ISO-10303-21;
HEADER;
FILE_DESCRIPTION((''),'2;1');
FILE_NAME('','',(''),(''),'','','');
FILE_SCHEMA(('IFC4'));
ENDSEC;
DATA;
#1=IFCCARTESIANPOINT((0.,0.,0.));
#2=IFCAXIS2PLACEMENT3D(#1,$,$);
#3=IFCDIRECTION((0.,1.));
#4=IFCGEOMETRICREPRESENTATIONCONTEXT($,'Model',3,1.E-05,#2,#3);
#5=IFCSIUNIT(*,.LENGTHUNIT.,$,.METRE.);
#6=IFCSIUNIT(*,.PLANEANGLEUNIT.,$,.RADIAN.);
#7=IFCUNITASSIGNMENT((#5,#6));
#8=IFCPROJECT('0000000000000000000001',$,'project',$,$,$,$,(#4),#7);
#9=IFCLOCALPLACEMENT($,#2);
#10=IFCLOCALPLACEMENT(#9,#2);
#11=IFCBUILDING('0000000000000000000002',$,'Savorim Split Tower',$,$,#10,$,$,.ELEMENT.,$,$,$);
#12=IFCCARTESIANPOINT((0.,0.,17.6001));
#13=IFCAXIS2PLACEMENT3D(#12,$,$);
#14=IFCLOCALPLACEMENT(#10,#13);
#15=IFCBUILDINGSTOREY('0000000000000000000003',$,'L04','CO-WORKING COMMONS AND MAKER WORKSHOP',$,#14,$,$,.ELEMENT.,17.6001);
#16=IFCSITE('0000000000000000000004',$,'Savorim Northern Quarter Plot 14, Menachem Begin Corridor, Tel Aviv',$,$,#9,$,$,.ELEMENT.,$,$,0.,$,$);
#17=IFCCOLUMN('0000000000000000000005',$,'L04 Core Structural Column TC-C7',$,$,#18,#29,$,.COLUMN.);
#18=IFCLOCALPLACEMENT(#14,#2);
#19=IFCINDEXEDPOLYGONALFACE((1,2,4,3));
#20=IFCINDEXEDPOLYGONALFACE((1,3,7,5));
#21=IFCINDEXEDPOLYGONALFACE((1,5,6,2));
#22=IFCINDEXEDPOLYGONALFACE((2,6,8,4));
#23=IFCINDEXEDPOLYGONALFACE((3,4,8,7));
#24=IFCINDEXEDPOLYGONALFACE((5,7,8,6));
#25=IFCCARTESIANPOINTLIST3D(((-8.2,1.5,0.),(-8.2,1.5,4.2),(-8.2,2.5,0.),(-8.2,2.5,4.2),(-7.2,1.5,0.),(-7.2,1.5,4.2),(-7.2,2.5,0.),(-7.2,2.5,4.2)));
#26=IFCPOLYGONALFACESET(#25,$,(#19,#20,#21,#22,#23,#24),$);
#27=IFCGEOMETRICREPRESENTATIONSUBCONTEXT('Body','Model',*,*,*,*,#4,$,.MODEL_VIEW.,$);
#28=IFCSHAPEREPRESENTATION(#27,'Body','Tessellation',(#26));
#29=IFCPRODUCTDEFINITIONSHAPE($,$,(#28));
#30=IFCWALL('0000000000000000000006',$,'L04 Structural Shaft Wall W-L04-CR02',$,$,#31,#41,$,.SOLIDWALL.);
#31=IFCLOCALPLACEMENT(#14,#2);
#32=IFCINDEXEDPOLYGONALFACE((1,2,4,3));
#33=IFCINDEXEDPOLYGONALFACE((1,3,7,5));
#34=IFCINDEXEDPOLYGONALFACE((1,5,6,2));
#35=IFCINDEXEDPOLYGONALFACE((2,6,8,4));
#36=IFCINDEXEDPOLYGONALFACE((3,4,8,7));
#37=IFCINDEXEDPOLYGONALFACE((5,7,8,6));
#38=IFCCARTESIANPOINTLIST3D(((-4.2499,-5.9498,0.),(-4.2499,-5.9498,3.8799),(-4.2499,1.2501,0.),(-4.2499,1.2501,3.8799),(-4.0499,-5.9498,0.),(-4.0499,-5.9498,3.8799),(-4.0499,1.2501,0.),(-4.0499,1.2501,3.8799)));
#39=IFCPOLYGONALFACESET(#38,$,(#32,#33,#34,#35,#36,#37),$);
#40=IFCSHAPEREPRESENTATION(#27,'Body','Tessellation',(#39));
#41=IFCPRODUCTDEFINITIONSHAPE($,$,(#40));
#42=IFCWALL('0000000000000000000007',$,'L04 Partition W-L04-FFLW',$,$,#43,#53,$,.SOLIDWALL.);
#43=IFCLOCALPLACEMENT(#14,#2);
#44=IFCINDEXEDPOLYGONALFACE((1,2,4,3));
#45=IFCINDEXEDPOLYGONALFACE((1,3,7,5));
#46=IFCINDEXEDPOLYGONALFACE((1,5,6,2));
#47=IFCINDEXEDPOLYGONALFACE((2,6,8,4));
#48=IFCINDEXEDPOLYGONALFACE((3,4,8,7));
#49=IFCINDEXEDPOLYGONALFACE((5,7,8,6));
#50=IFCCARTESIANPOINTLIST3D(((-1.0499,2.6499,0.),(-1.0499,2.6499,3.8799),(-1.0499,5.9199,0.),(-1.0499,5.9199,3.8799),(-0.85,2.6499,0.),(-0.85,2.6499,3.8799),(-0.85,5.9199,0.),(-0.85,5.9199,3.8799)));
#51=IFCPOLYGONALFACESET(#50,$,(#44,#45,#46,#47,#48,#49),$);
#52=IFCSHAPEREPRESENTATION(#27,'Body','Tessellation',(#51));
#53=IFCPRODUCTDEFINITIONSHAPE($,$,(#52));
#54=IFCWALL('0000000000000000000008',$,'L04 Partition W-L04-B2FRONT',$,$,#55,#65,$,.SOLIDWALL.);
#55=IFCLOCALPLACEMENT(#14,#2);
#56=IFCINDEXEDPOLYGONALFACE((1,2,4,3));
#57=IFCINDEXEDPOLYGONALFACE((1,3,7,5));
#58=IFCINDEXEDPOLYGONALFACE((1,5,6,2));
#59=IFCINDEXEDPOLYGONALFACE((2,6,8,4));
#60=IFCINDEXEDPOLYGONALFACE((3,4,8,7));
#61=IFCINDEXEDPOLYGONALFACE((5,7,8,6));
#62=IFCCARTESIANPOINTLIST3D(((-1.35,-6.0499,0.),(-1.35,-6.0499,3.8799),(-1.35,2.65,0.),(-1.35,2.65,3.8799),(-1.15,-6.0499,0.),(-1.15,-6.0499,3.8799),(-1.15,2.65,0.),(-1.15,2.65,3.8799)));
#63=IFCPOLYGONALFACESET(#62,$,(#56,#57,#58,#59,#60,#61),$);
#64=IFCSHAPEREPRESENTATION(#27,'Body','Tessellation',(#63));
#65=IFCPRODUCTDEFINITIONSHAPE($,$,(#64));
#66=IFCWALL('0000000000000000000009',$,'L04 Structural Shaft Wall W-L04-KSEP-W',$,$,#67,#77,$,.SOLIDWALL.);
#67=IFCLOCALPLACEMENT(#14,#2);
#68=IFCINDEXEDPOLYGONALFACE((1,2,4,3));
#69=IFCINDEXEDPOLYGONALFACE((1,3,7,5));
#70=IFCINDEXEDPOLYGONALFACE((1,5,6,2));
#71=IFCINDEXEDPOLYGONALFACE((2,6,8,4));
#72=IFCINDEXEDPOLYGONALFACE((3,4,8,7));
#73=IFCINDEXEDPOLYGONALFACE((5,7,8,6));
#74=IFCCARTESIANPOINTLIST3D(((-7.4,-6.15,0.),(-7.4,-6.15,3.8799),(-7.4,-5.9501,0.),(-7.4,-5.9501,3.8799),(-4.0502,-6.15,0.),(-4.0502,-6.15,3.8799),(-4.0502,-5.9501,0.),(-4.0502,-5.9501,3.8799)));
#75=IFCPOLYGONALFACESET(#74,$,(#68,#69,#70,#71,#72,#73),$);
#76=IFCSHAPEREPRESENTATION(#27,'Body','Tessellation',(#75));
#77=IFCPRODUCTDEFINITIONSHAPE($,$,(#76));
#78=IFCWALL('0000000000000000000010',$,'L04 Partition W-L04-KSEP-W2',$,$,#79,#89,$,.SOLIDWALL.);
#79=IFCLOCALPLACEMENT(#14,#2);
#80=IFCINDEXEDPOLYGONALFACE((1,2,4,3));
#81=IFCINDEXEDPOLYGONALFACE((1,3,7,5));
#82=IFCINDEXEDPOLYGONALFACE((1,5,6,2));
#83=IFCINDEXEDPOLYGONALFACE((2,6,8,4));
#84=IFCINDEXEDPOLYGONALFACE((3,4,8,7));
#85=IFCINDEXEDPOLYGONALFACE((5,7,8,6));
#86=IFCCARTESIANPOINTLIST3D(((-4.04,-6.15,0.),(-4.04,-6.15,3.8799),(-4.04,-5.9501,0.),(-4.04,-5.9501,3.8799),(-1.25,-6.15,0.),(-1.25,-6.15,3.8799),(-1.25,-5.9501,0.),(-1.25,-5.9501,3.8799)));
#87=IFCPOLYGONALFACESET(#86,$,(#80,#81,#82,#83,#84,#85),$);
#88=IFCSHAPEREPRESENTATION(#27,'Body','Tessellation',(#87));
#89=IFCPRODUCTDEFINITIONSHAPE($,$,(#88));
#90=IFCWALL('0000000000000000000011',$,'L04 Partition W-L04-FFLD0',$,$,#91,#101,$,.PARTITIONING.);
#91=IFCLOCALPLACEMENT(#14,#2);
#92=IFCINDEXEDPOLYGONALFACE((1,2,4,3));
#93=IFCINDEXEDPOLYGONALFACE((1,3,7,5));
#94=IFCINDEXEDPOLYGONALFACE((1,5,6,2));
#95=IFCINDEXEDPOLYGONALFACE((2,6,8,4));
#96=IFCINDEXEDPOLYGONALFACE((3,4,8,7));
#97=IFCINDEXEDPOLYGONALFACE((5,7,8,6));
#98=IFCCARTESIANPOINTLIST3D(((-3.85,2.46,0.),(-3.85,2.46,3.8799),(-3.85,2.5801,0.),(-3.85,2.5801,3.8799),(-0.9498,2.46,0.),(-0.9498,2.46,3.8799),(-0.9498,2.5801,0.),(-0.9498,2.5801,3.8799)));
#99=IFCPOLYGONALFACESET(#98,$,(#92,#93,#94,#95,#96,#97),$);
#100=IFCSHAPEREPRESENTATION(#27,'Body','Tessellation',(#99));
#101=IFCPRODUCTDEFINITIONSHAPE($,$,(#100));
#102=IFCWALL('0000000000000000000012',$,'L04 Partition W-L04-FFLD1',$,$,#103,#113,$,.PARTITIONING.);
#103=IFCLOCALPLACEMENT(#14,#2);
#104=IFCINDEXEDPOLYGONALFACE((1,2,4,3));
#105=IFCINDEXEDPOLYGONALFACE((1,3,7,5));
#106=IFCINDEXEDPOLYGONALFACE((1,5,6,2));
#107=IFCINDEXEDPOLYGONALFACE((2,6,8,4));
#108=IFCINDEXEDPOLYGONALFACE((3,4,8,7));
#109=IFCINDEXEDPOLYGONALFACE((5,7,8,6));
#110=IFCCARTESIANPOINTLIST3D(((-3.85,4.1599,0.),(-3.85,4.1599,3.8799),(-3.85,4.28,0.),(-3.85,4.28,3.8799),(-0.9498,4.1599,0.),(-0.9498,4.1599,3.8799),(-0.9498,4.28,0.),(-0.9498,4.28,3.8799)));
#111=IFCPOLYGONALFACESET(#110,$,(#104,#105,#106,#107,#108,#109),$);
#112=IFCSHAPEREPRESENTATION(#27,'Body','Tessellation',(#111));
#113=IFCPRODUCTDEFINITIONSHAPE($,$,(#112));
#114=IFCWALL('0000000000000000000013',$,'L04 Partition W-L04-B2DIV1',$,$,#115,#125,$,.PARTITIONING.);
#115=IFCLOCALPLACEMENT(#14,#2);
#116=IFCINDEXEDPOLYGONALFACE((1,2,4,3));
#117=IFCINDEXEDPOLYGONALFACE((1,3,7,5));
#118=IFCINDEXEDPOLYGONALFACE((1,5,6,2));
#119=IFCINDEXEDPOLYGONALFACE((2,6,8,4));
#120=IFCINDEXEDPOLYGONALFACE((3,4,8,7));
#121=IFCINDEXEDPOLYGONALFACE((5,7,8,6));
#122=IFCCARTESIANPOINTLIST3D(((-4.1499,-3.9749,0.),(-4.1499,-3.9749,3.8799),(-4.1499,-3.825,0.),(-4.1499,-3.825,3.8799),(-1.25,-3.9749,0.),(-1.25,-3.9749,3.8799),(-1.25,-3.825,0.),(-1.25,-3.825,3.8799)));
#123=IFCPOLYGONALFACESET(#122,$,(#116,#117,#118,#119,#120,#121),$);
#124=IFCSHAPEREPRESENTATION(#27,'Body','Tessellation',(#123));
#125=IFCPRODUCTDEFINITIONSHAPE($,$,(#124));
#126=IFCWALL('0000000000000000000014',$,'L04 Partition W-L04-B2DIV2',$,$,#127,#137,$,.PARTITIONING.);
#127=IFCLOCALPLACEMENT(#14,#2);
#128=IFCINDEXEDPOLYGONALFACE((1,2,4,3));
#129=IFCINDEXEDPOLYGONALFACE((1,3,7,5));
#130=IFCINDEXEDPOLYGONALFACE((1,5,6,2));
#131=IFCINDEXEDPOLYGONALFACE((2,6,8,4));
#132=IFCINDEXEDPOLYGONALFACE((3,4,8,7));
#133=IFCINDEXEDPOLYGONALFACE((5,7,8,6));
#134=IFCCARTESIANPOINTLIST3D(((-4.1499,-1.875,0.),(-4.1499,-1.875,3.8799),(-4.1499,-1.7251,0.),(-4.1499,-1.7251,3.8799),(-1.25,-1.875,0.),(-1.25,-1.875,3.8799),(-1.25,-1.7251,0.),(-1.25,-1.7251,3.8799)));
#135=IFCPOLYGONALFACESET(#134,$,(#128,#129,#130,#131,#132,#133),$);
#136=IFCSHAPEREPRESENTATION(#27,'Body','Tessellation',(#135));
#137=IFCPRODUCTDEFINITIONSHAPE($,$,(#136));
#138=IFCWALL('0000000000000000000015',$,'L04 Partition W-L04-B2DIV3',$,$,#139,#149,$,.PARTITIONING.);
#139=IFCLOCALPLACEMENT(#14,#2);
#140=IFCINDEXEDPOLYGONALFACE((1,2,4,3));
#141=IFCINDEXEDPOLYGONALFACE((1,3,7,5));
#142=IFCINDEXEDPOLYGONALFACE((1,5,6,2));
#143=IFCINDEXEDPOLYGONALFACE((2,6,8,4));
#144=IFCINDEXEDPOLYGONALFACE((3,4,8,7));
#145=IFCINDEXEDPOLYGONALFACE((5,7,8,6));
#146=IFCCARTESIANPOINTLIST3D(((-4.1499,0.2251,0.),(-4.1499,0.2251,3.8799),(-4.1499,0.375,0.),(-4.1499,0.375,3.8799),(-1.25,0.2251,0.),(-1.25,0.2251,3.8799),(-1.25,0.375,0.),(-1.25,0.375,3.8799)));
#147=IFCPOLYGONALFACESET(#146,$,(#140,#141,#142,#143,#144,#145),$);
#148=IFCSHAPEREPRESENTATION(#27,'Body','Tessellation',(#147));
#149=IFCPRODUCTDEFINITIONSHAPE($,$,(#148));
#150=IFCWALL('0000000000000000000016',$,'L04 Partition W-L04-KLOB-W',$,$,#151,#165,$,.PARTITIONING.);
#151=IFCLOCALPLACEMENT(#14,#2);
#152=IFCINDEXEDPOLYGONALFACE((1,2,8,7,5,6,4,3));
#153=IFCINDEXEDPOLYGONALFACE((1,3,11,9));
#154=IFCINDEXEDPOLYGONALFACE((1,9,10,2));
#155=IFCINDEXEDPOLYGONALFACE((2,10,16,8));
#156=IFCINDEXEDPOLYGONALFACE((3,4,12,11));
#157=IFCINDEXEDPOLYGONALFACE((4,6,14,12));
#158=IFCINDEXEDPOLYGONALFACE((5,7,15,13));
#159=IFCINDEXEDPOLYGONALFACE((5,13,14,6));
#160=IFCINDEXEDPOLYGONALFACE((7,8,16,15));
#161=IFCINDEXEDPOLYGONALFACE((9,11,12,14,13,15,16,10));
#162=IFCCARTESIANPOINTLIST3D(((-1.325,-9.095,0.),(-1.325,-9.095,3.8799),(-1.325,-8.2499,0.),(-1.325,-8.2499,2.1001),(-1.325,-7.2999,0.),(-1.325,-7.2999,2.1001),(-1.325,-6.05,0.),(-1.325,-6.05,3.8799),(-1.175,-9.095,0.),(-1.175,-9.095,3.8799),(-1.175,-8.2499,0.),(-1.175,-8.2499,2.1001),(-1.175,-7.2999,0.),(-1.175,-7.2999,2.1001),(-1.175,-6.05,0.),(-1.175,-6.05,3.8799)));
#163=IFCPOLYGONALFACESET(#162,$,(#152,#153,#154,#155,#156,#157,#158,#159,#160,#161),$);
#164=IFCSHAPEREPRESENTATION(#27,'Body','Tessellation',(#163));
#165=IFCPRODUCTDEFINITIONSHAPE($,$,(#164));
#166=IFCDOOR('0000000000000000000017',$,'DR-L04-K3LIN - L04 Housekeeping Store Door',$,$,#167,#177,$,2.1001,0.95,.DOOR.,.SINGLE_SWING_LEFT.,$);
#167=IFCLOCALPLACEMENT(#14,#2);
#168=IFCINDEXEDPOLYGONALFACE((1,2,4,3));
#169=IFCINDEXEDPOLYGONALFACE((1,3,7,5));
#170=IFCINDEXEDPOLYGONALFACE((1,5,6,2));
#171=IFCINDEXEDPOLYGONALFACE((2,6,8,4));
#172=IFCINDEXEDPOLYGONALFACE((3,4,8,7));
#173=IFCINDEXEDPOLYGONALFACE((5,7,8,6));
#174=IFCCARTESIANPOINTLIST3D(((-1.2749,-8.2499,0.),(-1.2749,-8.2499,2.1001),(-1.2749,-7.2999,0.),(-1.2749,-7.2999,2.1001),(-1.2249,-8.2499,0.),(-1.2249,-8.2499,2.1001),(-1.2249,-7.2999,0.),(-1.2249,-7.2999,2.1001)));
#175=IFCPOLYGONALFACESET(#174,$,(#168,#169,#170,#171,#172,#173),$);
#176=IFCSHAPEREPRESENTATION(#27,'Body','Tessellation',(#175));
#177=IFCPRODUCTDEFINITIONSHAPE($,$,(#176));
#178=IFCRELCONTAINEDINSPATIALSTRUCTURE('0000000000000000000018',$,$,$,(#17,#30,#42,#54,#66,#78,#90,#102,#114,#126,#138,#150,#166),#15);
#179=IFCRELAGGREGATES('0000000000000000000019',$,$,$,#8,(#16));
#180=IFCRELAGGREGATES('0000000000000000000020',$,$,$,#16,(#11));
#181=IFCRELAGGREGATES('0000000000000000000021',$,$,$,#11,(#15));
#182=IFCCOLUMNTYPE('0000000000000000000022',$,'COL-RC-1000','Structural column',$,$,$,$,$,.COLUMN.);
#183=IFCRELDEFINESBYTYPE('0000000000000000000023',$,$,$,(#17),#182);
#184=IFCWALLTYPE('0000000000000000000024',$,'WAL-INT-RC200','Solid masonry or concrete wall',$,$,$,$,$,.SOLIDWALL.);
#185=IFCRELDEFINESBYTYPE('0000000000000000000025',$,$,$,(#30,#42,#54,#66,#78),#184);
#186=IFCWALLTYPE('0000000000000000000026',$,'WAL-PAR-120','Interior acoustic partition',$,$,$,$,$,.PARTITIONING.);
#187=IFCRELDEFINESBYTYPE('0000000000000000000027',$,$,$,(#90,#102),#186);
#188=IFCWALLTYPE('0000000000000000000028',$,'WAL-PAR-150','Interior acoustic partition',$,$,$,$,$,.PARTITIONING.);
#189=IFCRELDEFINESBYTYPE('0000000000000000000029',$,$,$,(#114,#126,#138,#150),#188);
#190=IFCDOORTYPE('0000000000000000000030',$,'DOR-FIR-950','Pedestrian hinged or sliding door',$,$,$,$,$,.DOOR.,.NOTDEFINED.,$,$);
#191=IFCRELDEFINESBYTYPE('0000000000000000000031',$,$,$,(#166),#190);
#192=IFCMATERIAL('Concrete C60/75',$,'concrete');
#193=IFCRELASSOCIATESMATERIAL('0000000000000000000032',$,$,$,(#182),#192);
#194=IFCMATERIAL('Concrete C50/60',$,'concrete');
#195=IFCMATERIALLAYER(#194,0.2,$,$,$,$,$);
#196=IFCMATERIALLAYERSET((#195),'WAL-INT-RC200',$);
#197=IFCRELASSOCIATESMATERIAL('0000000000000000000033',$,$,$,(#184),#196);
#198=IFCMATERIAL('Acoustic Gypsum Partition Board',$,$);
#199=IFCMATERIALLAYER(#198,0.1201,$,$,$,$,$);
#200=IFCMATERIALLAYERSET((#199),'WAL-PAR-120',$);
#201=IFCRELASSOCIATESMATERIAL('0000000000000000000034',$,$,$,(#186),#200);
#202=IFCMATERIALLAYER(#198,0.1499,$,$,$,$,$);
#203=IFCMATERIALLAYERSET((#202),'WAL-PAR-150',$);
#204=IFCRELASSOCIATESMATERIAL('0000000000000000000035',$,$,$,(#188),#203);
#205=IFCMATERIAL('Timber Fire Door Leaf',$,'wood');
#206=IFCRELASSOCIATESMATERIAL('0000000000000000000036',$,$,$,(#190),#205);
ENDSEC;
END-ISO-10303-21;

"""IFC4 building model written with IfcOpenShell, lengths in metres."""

from ifc_helpers import new_model, si_unit, direction, frame, frame_2d, origin, origin_2d, place, context, subcontext, project, spatial, rectangle, extrude, material, layer, layer_set, material_profile, profile_set, type_object, element, fill, save


model = new_model("IFC4")

# Units and contexts
model_context = context("Model", 3, precision=1e-05, world=origin(), true_north=direction((0.0, 1.0)))
body_context = subcontext(model_context, "Body", "Model", "MODEL_VIEW")
ifc_project = project(units=[si_unit("LENGTHUNIT", "METRE"), si_unit("PLANEANGLEUNIT", "RADIAN")], contexts=[model_context])

# Site, building, storey
site_placement = place(None, origin())
site = spatial("IfcSite", under=ifc_project, at=site_placement, Name="Savorim Northern Quarter Plot 14, Menachem Begin Corridor, Tel Aviv", CompositionType="ELEMENT", RefElevation=0.0)
building_placement = place(site_placement, origin())
building = spatial("IfcBuilding", under=site, at=building_placement, Name="Savorim Split Tower", CompositionType="ELEMENT")
storey_placement = place(building_placement, frame((0.0, 0.0, 17.6001)))
storey = spatial("IfcBuildingStorey", under=building, at=storey_placement, Name="L04", Description="CO-WORKING COMMONS AND MAKER WORKSHOP", CompositionType="ELEMENT", Elevation=17.6001)

# Column
ifc_material_1 = material(Name="Concrete C60/75", Category="concrete")
ifc_material_profile = material_profile(ifc_material_1, rectangle(XDim=1.0, YDim=1.0, at=origin_2d()), Name="RC 1000x1000")
ifc_profile_set = profile_set([ifc_material_profile], Name="Concrete C60/75")
column_type = type_object("IfcColumnType", Name="COL-RC-1000", Description="Structural column", PredefinedType="COLUMN", material=ifc_profile_set)
column_placement = place(storey_placement, frame((-7.7, 2.0, 0.0), z_axis=(0.0, 0.0, 1.0), x_axis=(1.0, 0.0, 0.0)))
element("IfcColumn", 1, at=column_placement, inside=storey, type_object=column_type, Name="L04 Core Structural Column TC-C7", PredefinedType="COLUMN", context=body_context, shape_type="SweptSolid", body=[
    extrude(rectangle(XDim=1.0, YDim=1.0, at=origin_2d()), origin(), (0.0, 0.0, 1.0), 4.2),
])

# Shared definitions
ifc_material_2 = material(Name="Concrete C50/60", Category="concrete")
ifc_layer_1 = layer(ifc_material_2, 0.2)
ifc_layer_set_1 = layer_set([ifc_layer_1], Name="WAL-INT-RC200")
wall_type_1 = type_object("IfcWallType", Name="WAL-INT-RC200", Description="Solid masonry or concrete wall", PredefinedType="SOLIDWALL", material=ifc_layer_set_1)
ifc_material_3 = material(Name="Timber Fire Door Leaf", Category="wood")

# Wall
wall_1_placement = place(storey_placement, frame((-4.1499, -5.95, 0.0), z_axis=(0.0, 0.0, 1.0), x_axis=(0.0, 1.0, 0.0)))
element("IfcWall", 2, at=wall_1_placement, inside=storey, type_object=wall_type_1, Name="L04 Structural Shaft Wall W-L04-CR02", PredefinedType="SOLIDWALL", context=body_context, shape_type="SweptSolid", body=[
    extrude(rectangle(XDim=7.2, YDim=0.2, at=frame_2d((3.6001, 0.0))), origin(), (0.0, 0.0, 1.0), 3.8799),
])

# Walls
wall_2_placement = place(storey_placement, frame((-0.95, 2.6499, 0.0), z_axis=(0.0, 0.0, 1.0), x_axis=(0.0, 1.0, 0.0)))
element("IfcWall", 3, at=wall_2_placement, inside=storey, type_object=wall_type_1, Name="L04 Partition W-L04-FFLW", PredefinedType="SOLIDWALL", context=body_context, shape_type="SweptSolid", body=[
    extrude(rectangle(XDim=3.27, YDim=0.2, at=frame_2d((1.635, 0.0))), origin(), (0.0, 0.0, 1.0), 3.8799),
])
wall_3_placement = place(storey_placement, frame((-1.25, -6.05, 0.0), z_axis=(0.0, 0.0, 1.0), x_axis=(0.0, 1.0, 0.0)))
element("IfcWall", 4, at=wall_3_placement, inside=storey, type_object=wall_type_1, Name="L04 Partition W-L04-B2FRONT", PredefinedType="SOLIDWALL", context=body_context, shape_type="SweptSolid", body=[
    extrude(rectangle(XDim=8.7, YDim=0.2, at=frame_2d((4.3501, 0.0))), origin(), (0.0, 0.0, 1.0), 3.8799),
])
wall_4_placement = place(storey_placement, frame((-7.3999, -6.05, 0.0), z_axis=(0.0, 0.0, 1.0), x_axis=(1.0, 0.0, 0.0)))
element("IfcWall", 5, at=wall_4_placement, inside=storey, type_object=wall_type_1, Name="L04 Structural Shaft Wall W-L04-KSEP-W", PredefinedType="SOLIDWALL", context=body_context, shape_type="SweptSolid", body=[
    extrude(rectangle(XDim=3.3499, YDim=0.2, at=frame_2d((1.6748, 0.0))), origin(), (0.0, 0.0, 1.0), 3.8799),
])
wall_5_placement = place(storey_placement, frame((-4.04, -6.05, 0.0), z_axis=(0.0, 0.0, 1.0), x_axis=(1.0, 0.0, 0.0)))
element("IfcWall", 6, at=wall_5_placement, inside=storey, type_object=wall_type_1, Name="L04 Partition W-L04-KSEP-W2", PredefinedType="SOLIDWALL", context=body_context, shape_type="SweptSolid", body=[
    extrude(rectangle(XDim=2.79, YDim=0.2, at=frame_2d((1.395, 0.0))), origin(), (0.0, 0.0, 1.0), 3.8799),
])
ifc_material_4 = material(Name="Acoustic Gypsum Partition Board")
ifc_layer_2 = layer(ifc_material_4, 0.1201)
ifc_layer_set_2 = layer_set([ifc_layer_2], Name="WAL-PAR-120")
wall_type_2 = type_object("IfcWallType", Name="WAL-PAR-120", Description="Interior acoustic partition", PredefinedType="PARTITIONING", material=ifc_layer_set_2)
for number, where, z_axis, x_axis, name in (
    (7, (-3.8501, 2.52, 0.0), (0.0, 0.0, 1.0), (1.0, 0.0, 0.0), "L04 Partition W-L04-FFLD0"),
    (8, (-3.8501, 4.22, 0.0), (0.0, 0.0, 1.0), (1.0, 0.0, 0.0), "L04 Partition W-L04-FFLD1"),
):
    element("IfcWall", number, at=place(storey_placement, frame(where, z_axis=z_axis, x_axis=x_axis)), inside=storey, type_object=wall_type_2, Name=name, PredefinedType="PARTITIONING", context=body_context, shape_type="SweptSolid", body=[
        extrude(rectangle(XDim=2.9001, YDim=0.1201, at=frame_2d((1.4502, 0.0))), origin(), (0.0, 0.0, 1.0), 3.8799),
    ])
ifc_layer_3 = layer(ifc_material_4, 0.1499)
ifc_layer_set_3 = layer_set([ifc_layer_3], Name="WAL-PAR-150")
wall_type_3 = type_object("IfcWallType", Name="WAL-PAR-150", Description="Interior acoustic partition", PredefinedType="PARTITIONING", material=ifc_layer_set_3)
for number, where, z_axis, x_axis, name in (
    (9, (-4.1499, -3.8999, 0.0), (0.0, 0.0, 1.0), (1.0, 0.0, 0.0), "L04 Partition W-L04-B2DIV1"),
    (10, (-4.1499, -1.8, 0.0), (0.0, 0.0, 1.0), (1.0, 0.0, 0.0), "L04 Partition W-L04-B2DIV2"),
    (11, (-4.1499, 0.3, 0.0), (0.0, 0.0, 1.0), (1.0, 0.0, 0.0), "L04 Partition W-L04-B2DIV3"),
):
    element("IfcWall", number, at=place(storey_placement, frame(where, z_axis=z_axis, x_axis=x_axis)), inside=storey, type_object=wall_type_3, Name=name, PredefinedType="PARTITIONING", context=body_context, shape_type="SweptSolid", body=[
        extrude(rectangle(XDim=2.8999, YDim=0.1499, at=frame_2d((1.45, 0.0))), origin(), (0.0, 0.0, 1.0), 3.8799),
    ])

# Wall, opening, door
wall_6_placement = place(storey_placement, frame((-1.25, -9.095, 0.0), z_axis=(0.0, 0.0, 1.0), x_axis=(0.0, 1.0, 0.0)))
wall_6 = element("IfcWall", 12, at=wall_6_placement, inside=storey, type_object=wall_type_3, Name="L04 Partition W-L04-KLOB-W", PredefinedType="PARTITIONING", context=body_context, shape_type="SweptSolid", body=[
    extrude(rectangle(XDim=3.0449, YDim=0.1499, at=frame_2d((1.5225, 0.0))), origin(), (0.0, 0.0, 1.0), 3.8799),
])
opening_1_placement = place(wall_6_placement, frame((0.845, 0.0, 0.0)))
opening_1 = element("IfcOpeningElement", 13, at=opening_1_placement, cuts=wall_6, PredefinedType="OPENING", context=body_context, shape_type="SweptSolid", body=[
    extrude(rectangle(XDim=0.95, YDim=2.1001, at=frame_2d((0.4751, 1.05))), frame((0.0, 0.085, 0.0), z_axis=(0.0, -1.0, 0.0), x_axis=(1.0, 0.0, 0.0)), (0.0, 0.0, 1.0), 0.1699),
])
door_type_1 = type_object("IfcDoorType", Name="DOR-FIR-950", Description="Pedestrian hinged or sliding door", OperationType="NOTDEFINED", PredefinedType="DOOR", material=ifc_material_3)
door_1_placement = place(opening_1_placement, origin())
door_1 = element("IfcDoor", 14, at=door_1_placement, inside=storey, type_object=door_type_1, Name="DR-L04-K3LIN - L04 Housekeeping Store Door", OperationType="SINGLE_SWING_LEFT", OverallHeight=2.1001, OverallWidth=0.95, PredefinedType="DOOR", context=body_context, shape_type="SweptSolid", body=[
    extrude(rectangle(XDim=0.95, YDim=2.1001, at=frame_2d((0.4751, 1.05))), frame((0.0, 0.0249, 0.0), z_axis=(0.0, -1.0, 0.0), x_axis=(1.0, 0.0, 0.0)), (0.0, 0.0, 1.0), 0.05),
])
fill(opening_1, door_1)

save(model, "model.ifc")
